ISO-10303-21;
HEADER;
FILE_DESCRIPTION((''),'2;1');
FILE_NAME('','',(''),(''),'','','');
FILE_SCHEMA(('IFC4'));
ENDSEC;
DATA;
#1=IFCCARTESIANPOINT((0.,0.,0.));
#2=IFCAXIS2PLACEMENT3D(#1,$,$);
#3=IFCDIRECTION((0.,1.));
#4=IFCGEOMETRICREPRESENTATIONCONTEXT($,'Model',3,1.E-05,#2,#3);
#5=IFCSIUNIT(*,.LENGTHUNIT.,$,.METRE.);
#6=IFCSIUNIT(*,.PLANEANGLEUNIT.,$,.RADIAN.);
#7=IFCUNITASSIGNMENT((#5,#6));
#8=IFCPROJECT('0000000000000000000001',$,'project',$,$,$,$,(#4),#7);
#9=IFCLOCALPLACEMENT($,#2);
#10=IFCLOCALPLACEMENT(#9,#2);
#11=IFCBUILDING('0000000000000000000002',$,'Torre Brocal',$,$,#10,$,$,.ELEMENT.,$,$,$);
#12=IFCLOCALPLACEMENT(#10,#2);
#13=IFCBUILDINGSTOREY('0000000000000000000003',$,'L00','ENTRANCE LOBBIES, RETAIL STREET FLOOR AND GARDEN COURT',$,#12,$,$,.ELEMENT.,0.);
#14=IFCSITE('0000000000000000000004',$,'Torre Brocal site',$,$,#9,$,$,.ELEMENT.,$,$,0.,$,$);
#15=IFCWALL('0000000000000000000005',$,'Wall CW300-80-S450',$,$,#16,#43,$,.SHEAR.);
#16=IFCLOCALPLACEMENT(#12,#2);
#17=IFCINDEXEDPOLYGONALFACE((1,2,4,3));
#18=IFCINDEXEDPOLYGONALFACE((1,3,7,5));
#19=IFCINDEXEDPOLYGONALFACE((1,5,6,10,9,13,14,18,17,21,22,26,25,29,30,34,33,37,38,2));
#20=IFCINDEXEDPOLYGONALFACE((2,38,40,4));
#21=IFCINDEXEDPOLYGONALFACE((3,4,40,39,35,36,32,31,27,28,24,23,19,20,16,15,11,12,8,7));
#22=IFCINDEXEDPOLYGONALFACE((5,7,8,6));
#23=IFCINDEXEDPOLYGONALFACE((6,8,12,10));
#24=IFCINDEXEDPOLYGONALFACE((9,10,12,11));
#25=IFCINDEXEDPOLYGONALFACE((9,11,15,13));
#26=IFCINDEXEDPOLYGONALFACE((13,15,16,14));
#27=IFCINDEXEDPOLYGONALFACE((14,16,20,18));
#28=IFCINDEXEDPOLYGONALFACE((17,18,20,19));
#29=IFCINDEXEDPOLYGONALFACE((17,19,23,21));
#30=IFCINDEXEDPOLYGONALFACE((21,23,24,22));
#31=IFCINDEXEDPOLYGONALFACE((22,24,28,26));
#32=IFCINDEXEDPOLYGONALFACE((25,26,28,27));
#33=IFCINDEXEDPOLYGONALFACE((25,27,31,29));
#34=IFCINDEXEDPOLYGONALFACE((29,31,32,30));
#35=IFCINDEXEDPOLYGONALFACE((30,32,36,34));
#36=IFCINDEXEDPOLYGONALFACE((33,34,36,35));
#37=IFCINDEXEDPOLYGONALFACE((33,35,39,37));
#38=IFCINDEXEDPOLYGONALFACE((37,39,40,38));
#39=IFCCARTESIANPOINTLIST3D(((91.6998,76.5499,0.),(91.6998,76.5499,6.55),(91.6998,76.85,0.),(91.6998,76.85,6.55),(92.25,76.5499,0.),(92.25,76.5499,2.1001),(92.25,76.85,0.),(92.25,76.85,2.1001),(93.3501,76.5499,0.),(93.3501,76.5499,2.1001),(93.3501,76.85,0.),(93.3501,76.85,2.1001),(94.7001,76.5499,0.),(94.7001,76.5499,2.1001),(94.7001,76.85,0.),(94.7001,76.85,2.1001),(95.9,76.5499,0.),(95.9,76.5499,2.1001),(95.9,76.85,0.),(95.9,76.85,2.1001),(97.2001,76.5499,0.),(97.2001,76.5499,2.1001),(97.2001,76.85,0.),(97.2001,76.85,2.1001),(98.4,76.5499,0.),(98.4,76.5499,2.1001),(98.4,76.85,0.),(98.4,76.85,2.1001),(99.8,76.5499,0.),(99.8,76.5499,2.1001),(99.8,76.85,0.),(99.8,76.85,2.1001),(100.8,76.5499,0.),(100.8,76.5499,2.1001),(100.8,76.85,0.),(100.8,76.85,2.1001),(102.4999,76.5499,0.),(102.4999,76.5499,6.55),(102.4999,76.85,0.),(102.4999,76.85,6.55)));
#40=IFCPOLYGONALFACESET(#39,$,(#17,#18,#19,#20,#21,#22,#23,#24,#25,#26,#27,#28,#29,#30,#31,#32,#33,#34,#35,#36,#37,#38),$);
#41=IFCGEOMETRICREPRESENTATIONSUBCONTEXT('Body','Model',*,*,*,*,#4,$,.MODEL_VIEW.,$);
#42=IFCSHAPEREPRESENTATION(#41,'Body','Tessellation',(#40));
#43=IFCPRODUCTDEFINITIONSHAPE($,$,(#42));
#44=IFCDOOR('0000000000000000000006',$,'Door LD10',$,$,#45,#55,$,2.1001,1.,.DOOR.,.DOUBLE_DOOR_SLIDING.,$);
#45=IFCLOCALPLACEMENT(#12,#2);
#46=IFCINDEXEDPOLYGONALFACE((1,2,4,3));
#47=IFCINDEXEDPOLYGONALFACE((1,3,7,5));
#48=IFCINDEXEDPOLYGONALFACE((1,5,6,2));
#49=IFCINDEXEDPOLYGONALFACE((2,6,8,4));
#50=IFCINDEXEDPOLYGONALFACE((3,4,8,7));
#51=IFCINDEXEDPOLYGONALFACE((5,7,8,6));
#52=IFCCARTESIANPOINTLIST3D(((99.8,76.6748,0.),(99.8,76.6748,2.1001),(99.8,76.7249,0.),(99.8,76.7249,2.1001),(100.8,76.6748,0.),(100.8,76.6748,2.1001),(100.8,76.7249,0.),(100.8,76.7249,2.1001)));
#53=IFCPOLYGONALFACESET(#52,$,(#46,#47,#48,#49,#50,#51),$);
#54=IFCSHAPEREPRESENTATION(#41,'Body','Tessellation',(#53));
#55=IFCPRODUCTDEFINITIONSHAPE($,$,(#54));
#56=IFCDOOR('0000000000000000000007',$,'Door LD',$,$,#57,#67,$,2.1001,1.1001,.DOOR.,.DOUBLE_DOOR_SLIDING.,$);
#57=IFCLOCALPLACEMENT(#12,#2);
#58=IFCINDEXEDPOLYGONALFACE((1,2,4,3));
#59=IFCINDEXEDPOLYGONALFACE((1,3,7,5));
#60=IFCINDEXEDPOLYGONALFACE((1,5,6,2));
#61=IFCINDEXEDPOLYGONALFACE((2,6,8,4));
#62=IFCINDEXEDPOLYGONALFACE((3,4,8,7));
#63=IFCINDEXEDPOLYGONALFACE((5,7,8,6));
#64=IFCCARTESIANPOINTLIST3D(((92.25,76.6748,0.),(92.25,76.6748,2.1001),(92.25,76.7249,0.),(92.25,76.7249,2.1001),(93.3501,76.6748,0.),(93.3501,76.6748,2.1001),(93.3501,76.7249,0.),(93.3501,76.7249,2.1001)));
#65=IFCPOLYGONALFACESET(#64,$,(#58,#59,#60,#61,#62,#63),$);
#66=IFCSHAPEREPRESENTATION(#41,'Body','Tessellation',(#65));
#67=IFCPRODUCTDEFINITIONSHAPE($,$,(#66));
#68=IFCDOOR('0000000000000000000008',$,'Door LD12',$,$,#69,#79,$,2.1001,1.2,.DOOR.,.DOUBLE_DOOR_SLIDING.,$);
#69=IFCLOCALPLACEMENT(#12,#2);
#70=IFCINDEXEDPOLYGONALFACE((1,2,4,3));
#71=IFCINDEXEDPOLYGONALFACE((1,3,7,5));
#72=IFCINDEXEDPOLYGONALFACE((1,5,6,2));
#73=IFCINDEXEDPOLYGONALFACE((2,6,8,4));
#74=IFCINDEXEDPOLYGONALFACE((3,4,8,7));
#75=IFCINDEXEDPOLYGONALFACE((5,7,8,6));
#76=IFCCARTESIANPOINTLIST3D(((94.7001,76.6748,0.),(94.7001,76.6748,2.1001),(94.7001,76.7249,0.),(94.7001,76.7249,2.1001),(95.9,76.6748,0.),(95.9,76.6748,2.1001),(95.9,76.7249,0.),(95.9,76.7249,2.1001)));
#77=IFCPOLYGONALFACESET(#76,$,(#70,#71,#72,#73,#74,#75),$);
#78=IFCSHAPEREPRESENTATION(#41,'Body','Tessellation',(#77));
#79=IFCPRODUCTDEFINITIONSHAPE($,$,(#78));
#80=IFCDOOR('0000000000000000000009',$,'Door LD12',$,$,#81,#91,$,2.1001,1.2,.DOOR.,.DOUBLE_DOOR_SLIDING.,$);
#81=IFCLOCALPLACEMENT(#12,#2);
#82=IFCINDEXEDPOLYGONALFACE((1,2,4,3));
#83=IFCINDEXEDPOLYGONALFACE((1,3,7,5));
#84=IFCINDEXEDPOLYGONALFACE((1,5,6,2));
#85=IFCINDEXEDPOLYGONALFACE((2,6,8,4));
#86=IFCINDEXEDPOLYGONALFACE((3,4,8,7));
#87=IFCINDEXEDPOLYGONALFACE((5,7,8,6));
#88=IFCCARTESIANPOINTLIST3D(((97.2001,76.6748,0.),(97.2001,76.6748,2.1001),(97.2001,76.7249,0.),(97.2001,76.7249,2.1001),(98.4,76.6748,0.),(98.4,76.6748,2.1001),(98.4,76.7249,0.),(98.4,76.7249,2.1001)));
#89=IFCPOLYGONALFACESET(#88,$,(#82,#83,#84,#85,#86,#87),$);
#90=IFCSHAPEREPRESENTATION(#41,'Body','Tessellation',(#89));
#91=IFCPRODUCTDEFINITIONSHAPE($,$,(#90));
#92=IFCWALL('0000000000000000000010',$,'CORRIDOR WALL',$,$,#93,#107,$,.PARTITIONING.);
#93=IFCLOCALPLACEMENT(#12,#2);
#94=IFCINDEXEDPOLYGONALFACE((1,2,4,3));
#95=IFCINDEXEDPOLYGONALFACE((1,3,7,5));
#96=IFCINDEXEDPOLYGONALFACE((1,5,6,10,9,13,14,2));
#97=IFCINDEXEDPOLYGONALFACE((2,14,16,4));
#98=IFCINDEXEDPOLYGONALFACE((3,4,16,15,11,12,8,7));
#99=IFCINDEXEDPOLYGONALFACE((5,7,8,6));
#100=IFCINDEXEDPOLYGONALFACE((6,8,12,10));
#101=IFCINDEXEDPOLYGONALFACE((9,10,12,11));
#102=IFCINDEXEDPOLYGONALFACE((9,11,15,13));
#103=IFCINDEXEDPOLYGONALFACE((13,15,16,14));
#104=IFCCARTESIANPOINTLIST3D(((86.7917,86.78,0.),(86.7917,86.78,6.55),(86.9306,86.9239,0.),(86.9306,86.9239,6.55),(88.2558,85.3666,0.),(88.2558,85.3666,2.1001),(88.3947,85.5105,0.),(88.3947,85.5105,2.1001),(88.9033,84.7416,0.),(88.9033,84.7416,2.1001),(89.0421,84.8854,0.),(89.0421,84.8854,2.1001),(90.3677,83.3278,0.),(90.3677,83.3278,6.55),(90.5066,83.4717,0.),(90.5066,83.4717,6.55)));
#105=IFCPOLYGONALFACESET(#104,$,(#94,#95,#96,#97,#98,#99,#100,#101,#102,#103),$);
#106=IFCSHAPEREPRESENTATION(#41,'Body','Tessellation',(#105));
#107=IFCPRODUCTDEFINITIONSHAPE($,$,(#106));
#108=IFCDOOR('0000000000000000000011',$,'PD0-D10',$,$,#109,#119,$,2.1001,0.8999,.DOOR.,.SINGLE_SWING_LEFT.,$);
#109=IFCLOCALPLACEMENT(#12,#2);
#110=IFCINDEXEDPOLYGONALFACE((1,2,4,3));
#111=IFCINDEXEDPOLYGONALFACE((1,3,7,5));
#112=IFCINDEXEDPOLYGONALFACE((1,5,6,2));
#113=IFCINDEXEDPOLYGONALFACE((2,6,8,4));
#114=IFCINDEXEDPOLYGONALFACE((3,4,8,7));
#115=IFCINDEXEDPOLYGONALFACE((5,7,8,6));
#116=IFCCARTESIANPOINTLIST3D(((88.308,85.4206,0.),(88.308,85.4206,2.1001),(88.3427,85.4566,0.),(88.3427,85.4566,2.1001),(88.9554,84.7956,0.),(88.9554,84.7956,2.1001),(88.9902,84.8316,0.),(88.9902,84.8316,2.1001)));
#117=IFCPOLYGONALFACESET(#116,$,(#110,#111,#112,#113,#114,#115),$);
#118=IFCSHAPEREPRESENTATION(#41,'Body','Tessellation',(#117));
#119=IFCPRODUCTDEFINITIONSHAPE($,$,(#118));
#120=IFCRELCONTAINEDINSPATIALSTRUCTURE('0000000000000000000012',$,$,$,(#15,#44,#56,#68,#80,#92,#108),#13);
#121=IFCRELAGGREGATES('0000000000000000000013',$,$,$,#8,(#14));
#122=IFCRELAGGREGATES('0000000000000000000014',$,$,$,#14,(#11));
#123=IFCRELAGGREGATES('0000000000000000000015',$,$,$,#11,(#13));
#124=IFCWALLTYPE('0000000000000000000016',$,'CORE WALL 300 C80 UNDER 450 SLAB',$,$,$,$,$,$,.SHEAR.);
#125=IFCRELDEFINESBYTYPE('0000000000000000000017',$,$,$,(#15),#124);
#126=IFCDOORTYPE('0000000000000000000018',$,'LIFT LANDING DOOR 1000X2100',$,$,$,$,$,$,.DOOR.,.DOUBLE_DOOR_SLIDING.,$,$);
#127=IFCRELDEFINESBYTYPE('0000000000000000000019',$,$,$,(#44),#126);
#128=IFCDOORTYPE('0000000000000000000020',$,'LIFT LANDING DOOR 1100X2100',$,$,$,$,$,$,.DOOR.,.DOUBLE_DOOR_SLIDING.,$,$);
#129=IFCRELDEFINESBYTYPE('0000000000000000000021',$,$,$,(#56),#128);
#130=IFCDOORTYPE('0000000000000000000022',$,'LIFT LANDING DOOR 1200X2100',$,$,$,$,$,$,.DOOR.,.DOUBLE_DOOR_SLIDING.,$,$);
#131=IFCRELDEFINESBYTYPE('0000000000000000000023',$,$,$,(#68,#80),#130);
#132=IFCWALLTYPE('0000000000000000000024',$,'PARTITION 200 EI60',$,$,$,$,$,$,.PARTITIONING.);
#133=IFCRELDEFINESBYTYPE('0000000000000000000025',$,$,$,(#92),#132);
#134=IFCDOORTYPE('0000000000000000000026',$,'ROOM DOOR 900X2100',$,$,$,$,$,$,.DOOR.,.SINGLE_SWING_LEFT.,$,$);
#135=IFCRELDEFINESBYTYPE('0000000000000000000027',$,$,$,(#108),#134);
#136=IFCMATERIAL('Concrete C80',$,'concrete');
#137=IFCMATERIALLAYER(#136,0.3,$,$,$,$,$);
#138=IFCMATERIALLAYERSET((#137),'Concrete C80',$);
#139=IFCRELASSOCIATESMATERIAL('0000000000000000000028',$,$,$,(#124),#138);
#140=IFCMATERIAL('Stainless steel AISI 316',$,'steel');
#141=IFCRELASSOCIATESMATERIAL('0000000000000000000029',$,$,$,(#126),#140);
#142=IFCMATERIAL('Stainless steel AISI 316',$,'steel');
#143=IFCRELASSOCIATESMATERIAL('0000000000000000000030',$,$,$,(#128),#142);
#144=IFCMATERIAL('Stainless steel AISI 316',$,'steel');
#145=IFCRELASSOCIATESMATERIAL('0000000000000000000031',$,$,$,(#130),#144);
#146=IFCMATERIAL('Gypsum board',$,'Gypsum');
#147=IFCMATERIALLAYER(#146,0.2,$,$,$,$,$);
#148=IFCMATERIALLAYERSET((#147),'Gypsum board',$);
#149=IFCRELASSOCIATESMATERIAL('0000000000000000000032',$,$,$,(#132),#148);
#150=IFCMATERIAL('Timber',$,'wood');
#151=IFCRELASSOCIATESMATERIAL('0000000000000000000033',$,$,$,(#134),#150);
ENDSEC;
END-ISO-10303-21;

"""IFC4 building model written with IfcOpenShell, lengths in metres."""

from ifc_helpers import new_model, si_unit, direction, frame, frame_2d, origin, place, context, subcontext, project, spatial, rectangle, extrude, material, layer, layer_set, type_object, element, fill, save


model = new_model("IFC4")

# Units and contexts
model_context = context("Model", 3, precision=1e-05, world=origin(), true_north=direction((0.0, 1.0)))
body_context = subcontext(model_context, "Body", "Model", "MODEL_VIEW")
ifc_project = project(units=[si_unit("LENGTHUNIT", "METRE"), si_unit("PLANEANGLEUNIT", "RADIAN")], contexts=[model_context])

# Site, building, storey
site_placement = place(None, origin())
site = spatial("IfcSite", under=ifc_project, at=site_placement, Name="Torre Brocal site", CompositionType="ELEMENT", RefElevation=0.0)
building_placement = place(site_placement, origin())
building = spatial("IfcBuilding", under=site, at=building_placement, Name="Torre Brocal", CompositionType="ELEMENT")
storey_placement = place(building_placement, origin())
storey = spatial("IfcBuildingStorey", under=building, at=storey_placement, Name="L00", Description="ENTRANCE LOBBIES, RETAIL STREET FLOOR AND GARDEN COURT", CompositionType="ELEMENT", Elevation=0.0)

# Shared definitions
ifc_material_1 = material(Name="Concrete C80", Category="concrete")
ifc_layer_1 = layer(ifc_material_1, 0.3)
ifc_layer_set_1 = layer_set([ifc_layer_1], Name="Concrete C80")
wall_type_1 = type_object("IfcWallType", Name="CORE WALL 300 C80 UNDER 450 SLAB", PredefinedType="SHEAR", material=ifc_layer_set_1)

# Wall, openings, doors
wall_1_placement = place(storey_placement, frame((91.7, 76.7, 0.0), z_axis=(0.0, 0.0, 1.0), x_axis=(1.0, 0.0, 0.0)))
wall_1 = element("IfcWall", 1, at=wall_1_placement, inside=storey, type_object=wall_type_1, Name="Wall CW300-80-S450", PredefinedType="SHEAR", context=body_context, shape_type="SweptSolid", body=[
    extrude(rectangle(XDim=10.8, YDim=0.3, at=frame_2d((5.3999, 0.0))), origin(), (0.0, 0.0, 1.0), 6.55),
])
opening_1_placement = place(wall_1_placement, frame((0.55, 0.0, 0.0)))
opening_1 = element("IfcOpeningElement", 2, at=opening_1_placement, cuts=wall_1, PredefinedType="OPENING", context=body_context, shape_type="SweptSolid", body=[
    extrude(rectangle(XDim=1.1001, YDim=2.1001, at=frame_2d((0.55, 1.05))), frame((0.0, 0.1599, 0.0), z_axis=(0.0, -1.0, 0.0), x_axis=(1.0, 0.0, 0.0)), (0.0, 0.0, 1.0), 0.3201),
])
opening_2_placement = place(wall_1_placement, frame((3.0, 0.0, 0.0)))
opening_2 = element("IfcOpeningElement", 3, at=opening_2_placement, cuts=wall_1, PredefinedType="OPENING", context=body_context, shape_type="SweptSolid", body=[
    extrude(rectangle(XDim=1.2, YDim=2.1001, at=frame_2d((0.6001, 1.05))), frame((0.0, 0.1599, 0.0), z_axis=(0.0, -1.0, 0.0), x_axis=(1.0, 0.0, 0.0)), (0.0, 0.0, 1.0), 0.3201),
])
opening_3_placement = place(wall_1_placement, frame((5.5, 0.0, 0.0)))
opening_3 = element("IfcOpeningElement", 4, at=opening_3_placement, cuts=wall_1, PredefinedType="OPENING", context=body_context, shape_type="SweptSolid", body=[
    extrude(rectangle(XDim=1.2, YDim=2.1001, at=frame_2d((0.6001, 1.05))), frame((0.0, 0.1599, 0.0), z_axis=(0.0, -1.0, 0.0), x_axis=(1.0, 0.0, 0.0)), (0.0, 0.0, 1.0), 0.3201),
])
opening_4_placement = place(wall_1_placement, frame((8.1001, 0.0, 0.0)))
opening_4 = element("IfcOpeningElement", 5, at=opening_4_placement, cuts=wall_1, PredefinedType="OPENING", context=body_context, shape_type="SweptSolid", body=[
    extrude(rectangle(XDim=1.0, YDim=2.1001, at=frame_2d((0.5, 1.05))), frame((0.0, 0.1599, 0.0), z_axis=(0.0, -1.0, 0.0), x_axis=(1.0, 0.0, 0.0)), (0.0, 0.0, 1.0), 0.3201),
])
ifc_material_2 = material(Name="Stainless steel AISI 316", Category="steel")
door_type_1 = type_object("IfcDoorType", Name="LIFT LANDING DOOR 1000X2100", OperationType="DOUBLE_DOOR_SLIDING", PredefinedType="DOOR", material=ifc_material_2)
door_1_placement = place(opening_4_placement, origin())
door_1 = element("IfcDoor", 6, at=door_1_placement, inside=storey, type_object=door_type_1, Name="Door LD10", OperationType="DOUBLE_DOOR_SLIDING", OverallHeight=2.1001, OverallWidth=1.0, PredefinedType="DOOR", context=body_context, shape_type="SweptSolid", body=[
    extrude(rectangle(XDim=1.0, YDim=2.1001, at=frame_2d((0.5, 1.05))), frame((0.0, 0.0249, 0.0), z_axis=(0.0, -1.0, 0.0), x_axis=(1.0, 0.0, 0.0)), (0.0, 0.0, 1.0), 0.05),
])
fill(opening_4, door_1)
ifc_material_3 = material(Name="Stainless steel AISI 316", Category="steel")
door_type_2 = type_object("IfcDoorType", Name="LIFT LANDING DOOR 1100X2100", OperationType="DOUBLE_DOOR_SLIDING", PredefinedType="DOOR", material=ifc_material_3)
door_2_placement = place(opening_1_placement, origin())
door_2 = element("IfcDoor", 7, at=door_2_placement, inside=storey, type_object=door_type_2, Name="Door LD", OperationType="DOUBLE_DOOR_SLIDING", OverallHeight=2.1001, OverallWidth=1.1001, PredefinedType="DOOR", context=body_context, shape_type="SweptSolid", body=[
    extrude(rectangle(XDim=1.1001, YDim=2.1001, at=frame_2d((0.55, 1.05))), frame((0.0, 0.0249, 0.0), z_axis=(0.0, -1.0, 0.0), x_axis=(1.0, 0.0, 0.0)), (0.0, 0.0, 1.0), 0.05),
])
fill(opening_1, door_2)
ifc_material_4 = material(Name="Stainless steel AISI 316", Category="steel")
door_type_3 = type_object("IfcDoorType", Name="LIFT LANDING DOOR 1200X2100", OperationType="DOUBLE_DOOR_SLIDING", PredefinedType="DOOR", material=ifc_material_4)
door_3_placement = place(opening_2_placement, origin())
door_3 = element("IfcDoor", 8, at=door_3_placement, inside=storey, type_object=door_type_3, Name="Door LD12", OperationType="DOUBLE_DOOR_SLIDING", OverallHeight=2.1001, OverallWidth=1.2, PredefinedType="DOOR", context=body_context, shape_type="SweptSolid", body=[
    extrude(rectangle(XDim=1.2, YDim=2.1001, at=frame_2d((0.6001, 1.05))), frame((0.0, 0.0249, 0.0), z_axis=(0.0, -1.0, 0.0), x_axis=(1.0, 0.0, 0.0)), (0.0, 0.0, 1.0), 0.05),
])
fill(opening_2, door_3)
door_4_placement = place(opening_3_placement, origin())
door_4 = element("IfcDoor", 9, at=door_4_placement, inside=storey, type_object=door_type_3, Name="Door LD12", OperationType="DOUBLE_DOOR_SLIDING", OverallHeight=2.1001, OverallWidth=1.2, PredefinedType="DOOR", context=body_context, shape_type="SweptSolid", body=[
    extrude(rectangle(XDim=1.2, YDim=2.1001, at=frame_2d((0.6001, 1.05))), frame((0.0, 0.0249, 0.0), z_axis=(0.0, -1.0, 0.0), x_axis=(1.0, 0.0, 0.0)), (0.0, 0.0, 1.0), 0.05),
])
fill(opening_3, door_4)

# Wall, opening, door
ifc_material_5 = material(Name="Gypsum board", Category="Gypsum")
ifc_layer_2 = layer(ifc_material_5, 0.2)
ifc_layer_set_2 = layer_set([ifc_layer_2], Name="Gypsum board")
wall_type_2 = type_object("IfcWallType", Name="PARTITION 200 EI60", PredefinedType="PARTITIONING", material=ifc_layer_set_2)
wall_2_placement = place(storey_placement, frame((86.8611, 86.8521, 0.0), z_axis=(0.0, 0.0, 1.0), x_axis=(0.719449, -0.694545, 0.0)))
wall_2 = element("IfcWall", 10, at=wall_2_placement, inside=storey, type_object=wall_type_2, Name="CORRIDOR WALL", PredefinedType="PARTITIONING", context=body_context, shape_type="SweptSolid", body=[
    extrude(rectangle(XDim=4.9705, YDim=0.2, at=frame_2d((2.4854, 0.0))), origin(), (0.0, 0.0, 1.0), 6.55),
])
opening_5_placement = place(wall_2_placement, frame((2.0352, 0.0, 0.0)))
opening_5 = element("IfcOpeningElement", 11, at=opening_5_placement, cuts=wall_2, PredefinedType="OPENING", context=body_context, shape_type="SweptSolid", body=[
    extrude(rectangle(XDim=0.8999, YDim=2.1001, at=frame_2d((0.45, 1.05))), frame((0.0, 0.1099, 0.0), z_axis=(0.0, -1.0, 0.0), x_axis=(1.0, 0.0, 0.0)), (0.0, 0.0, 1.0), 0.22),
])
ifc_material_6 = material(Name="Timber", Category="wood")
door_type_4 = type_object("IfcDoorType", Name="ROOM DOOR 900X2100", OperationType="SINGLE_SWING_LEFT", PredefinedType="DOOR", material=ifc_material_6)
door_5_placement = place(opening_5_placement, frame((0.8999, 0.0, 0.0), z_axis=(0.0, 0.0, 1.0), x_axis=(-1.0, 0.0, 0.0)))
door_5 = element("IfcDoor", 12, at=door_5_placement, inside=storey, type_object=door_type_4, Name="PD0-D10", OperationType="SINGLE_SWING_LEFT", OverallHeight=2.1001, OverallWidth=0.8999, PredefinedType="DOOR", context=body_context, shape_type="SweptSolid", body=[
    extrude(rectangle(XDim=0.8999, YDim=2.1001, at=frame_2d((0.45, 1.05))), frame((0.0, 0.0249, 0.0), z_axis=(0.0, -1.0, 0.0), x_axis=(1.0, 0.0, 0.0)), (0.0, 0.0, 1.0), 0.05),
])
fill(opening_5, door_5)

save(model, "model.ifc")
